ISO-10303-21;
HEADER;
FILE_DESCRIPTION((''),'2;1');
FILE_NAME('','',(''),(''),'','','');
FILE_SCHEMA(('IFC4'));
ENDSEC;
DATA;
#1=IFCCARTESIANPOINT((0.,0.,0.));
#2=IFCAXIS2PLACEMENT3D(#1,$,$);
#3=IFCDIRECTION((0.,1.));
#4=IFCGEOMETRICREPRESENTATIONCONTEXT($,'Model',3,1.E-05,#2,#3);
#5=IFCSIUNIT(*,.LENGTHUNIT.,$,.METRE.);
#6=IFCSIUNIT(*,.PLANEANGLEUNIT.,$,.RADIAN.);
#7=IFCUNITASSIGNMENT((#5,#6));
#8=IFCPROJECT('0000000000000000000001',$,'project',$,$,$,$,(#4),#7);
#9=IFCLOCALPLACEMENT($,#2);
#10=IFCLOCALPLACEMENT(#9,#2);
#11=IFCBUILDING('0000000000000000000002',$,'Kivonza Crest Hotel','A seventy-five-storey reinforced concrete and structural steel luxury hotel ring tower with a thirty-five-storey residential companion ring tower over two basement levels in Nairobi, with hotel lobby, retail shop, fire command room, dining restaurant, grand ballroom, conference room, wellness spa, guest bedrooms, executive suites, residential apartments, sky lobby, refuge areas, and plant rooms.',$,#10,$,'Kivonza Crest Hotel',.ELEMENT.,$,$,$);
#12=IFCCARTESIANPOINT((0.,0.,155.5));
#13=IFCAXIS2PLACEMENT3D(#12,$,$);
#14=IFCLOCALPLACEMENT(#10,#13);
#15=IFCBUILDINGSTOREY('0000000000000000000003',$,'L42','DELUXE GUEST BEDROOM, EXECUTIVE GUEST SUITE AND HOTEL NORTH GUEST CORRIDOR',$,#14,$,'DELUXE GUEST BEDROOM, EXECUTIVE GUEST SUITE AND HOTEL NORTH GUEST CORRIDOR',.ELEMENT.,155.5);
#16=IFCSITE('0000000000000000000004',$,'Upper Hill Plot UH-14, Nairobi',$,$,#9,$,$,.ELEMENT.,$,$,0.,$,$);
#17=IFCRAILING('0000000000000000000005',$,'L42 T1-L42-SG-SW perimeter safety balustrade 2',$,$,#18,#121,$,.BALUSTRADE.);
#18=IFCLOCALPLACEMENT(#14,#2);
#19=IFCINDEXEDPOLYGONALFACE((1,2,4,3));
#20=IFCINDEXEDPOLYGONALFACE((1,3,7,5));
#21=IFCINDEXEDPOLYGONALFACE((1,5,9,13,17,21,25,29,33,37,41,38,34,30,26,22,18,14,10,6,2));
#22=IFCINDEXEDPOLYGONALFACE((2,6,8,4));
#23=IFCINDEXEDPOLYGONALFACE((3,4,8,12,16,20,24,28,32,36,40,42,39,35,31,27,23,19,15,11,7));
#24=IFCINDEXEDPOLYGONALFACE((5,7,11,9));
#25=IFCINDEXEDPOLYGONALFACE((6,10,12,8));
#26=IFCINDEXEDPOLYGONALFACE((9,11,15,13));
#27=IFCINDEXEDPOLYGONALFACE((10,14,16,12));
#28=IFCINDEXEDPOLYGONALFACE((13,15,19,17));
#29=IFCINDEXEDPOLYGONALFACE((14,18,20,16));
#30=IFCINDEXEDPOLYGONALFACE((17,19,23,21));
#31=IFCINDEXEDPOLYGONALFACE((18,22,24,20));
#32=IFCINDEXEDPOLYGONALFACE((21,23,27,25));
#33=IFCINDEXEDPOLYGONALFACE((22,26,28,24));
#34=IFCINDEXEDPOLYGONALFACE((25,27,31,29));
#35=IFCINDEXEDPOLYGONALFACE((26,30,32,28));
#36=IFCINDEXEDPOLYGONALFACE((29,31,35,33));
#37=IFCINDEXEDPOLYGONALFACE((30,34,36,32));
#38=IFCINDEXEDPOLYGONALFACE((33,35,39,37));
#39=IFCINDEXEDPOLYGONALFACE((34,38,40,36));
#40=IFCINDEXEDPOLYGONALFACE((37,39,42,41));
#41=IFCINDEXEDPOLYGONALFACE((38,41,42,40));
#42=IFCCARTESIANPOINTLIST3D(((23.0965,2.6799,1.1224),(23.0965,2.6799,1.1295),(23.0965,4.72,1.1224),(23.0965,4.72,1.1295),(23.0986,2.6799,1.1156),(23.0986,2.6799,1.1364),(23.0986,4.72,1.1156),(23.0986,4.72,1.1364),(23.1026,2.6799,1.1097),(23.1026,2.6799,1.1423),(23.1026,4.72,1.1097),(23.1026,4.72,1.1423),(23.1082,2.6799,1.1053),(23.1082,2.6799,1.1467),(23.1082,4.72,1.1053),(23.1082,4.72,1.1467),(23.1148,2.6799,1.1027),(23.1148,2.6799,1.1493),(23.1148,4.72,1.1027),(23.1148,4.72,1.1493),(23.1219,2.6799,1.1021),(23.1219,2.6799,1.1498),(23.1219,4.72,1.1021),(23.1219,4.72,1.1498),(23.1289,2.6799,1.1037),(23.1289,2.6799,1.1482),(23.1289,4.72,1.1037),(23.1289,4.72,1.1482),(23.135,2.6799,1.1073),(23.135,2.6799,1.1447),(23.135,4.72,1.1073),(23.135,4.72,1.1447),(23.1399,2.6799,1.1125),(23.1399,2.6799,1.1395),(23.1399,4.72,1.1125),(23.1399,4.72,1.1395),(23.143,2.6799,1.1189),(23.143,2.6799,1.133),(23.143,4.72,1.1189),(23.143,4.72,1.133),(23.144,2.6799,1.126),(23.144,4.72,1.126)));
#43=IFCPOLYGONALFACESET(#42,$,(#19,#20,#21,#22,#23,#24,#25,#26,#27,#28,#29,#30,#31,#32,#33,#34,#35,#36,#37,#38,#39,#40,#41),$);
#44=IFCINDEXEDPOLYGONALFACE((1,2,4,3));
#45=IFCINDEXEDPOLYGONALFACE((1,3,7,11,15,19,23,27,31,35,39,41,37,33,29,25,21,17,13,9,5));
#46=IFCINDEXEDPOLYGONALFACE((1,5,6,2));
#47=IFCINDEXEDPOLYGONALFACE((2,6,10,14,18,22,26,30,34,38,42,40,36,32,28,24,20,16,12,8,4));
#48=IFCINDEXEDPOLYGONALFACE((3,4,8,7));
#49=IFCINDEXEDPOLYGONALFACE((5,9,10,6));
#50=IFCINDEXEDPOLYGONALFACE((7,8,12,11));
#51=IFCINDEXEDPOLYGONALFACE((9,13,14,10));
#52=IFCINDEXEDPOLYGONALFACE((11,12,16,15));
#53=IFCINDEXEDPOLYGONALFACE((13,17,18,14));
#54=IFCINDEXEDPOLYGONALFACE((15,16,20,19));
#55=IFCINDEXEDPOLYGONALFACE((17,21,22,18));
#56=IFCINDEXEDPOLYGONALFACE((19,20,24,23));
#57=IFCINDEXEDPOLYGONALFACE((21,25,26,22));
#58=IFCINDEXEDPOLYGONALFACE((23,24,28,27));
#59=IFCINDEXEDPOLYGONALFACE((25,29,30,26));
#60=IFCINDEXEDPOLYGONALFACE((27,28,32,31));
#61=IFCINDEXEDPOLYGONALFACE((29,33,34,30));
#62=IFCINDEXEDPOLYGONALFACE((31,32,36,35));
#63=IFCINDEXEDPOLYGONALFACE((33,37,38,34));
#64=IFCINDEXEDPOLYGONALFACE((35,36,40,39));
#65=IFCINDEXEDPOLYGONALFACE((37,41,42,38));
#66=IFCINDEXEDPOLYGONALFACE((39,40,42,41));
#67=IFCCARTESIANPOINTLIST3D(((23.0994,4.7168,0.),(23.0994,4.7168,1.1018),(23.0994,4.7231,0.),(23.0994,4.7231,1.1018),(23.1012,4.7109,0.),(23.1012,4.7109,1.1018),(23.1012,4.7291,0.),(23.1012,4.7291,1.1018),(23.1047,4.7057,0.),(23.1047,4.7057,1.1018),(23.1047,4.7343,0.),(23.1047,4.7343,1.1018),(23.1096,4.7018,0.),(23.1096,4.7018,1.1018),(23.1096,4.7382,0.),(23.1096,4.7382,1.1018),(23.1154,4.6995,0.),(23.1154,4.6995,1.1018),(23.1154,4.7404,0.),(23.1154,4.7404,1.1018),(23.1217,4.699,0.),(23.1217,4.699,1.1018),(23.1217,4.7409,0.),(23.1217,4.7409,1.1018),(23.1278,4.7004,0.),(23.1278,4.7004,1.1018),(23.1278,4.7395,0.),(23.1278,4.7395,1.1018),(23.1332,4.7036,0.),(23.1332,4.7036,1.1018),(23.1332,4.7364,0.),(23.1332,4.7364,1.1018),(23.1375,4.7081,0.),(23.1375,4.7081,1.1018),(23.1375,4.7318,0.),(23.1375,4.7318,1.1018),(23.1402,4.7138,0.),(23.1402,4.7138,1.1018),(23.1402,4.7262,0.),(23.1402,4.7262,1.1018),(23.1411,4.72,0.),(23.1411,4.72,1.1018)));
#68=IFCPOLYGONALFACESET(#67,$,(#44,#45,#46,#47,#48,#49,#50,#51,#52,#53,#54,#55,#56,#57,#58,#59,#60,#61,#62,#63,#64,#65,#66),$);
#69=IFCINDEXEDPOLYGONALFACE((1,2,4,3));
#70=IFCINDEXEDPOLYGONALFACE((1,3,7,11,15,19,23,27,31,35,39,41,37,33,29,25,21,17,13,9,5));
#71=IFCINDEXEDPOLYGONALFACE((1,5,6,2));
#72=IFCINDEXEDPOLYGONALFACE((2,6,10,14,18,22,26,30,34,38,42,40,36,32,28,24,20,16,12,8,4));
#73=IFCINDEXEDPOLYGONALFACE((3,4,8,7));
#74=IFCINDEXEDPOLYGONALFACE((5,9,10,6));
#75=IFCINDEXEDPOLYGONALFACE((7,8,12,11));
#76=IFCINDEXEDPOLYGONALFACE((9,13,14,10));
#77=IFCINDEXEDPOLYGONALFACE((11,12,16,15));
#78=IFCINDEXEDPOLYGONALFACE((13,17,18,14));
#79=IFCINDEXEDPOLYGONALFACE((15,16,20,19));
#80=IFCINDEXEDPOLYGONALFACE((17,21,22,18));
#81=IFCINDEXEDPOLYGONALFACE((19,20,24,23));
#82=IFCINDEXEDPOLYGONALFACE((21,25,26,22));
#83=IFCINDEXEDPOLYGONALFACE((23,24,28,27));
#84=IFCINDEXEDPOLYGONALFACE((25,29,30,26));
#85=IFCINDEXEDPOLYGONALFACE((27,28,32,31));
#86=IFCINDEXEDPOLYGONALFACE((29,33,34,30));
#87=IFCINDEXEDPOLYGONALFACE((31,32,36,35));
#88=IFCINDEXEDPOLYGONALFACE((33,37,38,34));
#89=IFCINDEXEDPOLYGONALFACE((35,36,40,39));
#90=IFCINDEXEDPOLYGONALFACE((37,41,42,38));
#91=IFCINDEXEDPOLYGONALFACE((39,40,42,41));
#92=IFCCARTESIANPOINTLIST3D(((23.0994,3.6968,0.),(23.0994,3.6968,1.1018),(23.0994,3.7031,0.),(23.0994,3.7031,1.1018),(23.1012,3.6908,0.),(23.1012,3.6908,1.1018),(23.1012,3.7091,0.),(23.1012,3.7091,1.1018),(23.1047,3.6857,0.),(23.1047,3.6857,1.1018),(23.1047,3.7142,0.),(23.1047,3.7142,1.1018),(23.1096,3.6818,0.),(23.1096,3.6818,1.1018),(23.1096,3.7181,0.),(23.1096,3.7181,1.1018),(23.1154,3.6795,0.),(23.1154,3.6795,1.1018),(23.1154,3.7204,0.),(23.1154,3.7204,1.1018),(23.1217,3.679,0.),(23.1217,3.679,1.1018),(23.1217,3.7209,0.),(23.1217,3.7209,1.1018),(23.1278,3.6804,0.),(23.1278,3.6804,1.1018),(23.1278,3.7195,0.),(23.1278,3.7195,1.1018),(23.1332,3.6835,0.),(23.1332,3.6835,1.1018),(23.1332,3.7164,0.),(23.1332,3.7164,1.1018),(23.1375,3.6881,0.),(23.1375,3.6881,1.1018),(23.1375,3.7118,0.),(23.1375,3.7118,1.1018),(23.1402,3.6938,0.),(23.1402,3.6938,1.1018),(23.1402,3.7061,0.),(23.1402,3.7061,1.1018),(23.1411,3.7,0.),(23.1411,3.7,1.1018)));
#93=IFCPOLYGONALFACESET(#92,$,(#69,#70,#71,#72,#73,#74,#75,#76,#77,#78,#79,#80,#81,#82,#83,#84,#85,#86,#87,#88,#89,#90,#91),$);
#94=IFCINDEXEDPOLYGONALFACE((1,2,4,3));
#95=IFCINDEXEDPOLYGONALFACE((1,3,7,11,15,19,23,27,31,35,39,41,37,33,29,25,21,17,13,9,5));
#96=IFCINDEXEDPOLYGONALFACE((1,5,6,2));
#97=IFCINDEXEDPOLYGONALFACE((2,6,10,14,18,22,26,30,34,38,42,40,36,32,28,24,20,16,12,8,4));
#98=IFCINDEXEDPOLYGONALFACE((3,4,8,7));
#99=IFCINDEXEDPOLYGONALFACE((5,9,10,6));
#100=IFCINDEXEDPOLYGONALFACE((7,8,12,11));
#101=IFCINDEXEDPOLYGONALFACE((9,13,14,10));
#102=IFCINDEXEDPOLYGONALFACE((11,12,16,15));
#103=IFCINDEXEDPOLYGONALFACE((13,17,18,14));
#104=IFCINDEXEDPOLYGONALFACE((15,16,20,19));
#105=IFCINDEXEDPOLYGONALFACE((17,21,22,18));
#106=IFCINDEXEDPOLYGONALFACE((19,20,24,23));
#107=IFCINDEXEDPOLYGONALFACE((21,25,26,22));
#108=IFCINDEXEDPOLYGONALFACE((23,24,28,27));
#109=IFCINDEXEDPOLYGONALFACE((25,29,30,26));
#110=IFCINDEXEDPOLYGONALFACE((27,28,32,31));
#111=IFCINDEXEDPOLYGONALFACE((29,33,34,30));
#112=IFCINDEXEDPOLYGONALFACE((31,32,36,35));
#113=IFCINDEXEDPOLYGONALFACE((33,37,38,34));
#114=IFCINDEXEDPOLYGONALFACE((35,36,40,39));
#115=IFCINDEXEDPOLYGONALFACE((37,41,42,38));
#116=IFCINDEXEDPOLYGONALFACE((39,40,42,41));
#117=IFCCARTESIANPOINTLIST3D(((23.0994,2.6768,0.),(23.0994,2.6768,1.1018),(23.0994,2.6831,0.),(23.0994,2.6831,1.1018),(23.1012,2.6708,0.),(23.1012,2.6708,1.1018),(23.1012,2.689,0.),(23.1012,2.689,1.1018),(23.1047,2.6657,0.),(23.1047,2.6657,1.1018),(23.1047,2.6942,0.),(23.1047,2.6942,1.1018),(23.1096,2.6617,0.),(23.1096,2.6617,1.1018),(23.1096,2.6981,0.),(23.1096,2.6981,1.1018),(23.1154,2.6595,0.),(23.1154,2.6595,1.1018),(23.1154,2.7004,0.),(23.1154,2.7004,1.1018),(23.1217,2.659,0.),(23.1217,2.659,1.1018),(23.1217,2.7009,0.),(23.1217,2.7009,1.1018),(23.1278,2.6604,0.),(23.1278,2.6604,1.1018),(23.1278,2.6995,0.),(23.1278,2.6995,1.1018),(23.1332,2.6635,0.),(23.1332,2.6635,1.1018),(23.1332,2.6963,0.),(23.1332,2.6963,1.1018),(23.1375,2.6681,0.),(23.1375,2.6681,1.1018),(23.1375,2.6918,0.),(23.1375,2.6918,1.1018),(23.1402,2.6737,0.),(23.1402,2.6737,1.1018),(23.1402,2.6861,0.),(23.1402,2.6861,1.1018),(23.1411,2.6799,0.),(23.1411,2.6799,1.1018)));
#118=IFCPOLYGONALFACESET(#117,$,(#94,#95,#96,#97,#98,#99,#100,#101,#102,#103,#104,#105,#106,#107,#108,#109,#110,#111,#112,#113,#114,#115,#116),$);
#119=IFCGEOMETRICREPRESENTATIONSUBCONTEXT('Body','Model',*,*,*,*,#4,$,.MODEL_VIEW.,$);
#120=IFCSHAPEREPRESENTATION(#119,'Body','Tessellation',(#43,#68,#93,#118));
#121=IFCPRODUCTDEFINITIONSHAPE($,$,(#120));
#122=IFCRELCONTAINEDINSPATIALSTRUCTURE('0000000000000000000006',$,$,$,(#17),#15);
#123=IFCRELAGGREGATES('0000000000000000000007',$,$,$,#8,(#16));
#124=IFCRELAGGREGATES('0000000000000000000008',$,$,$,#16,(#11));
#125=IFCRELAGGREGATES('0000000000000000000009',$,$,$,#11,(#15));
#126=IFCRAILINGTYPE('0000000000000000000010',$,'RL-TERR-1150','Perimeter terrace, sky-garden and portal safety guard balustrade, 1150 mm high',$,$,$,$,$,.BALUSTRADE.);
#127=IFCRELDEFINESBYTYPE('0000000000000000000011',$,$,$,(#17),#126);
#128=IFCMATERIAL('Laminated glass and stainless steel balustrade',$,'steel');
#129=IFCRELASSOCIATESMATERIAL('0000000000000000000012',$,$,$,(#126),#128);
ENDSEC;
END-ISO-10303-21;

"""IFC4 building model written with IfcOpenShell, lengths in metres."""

from ifc_helpers import new_model, si_unit, direction, frame, origin, origin_2d, place, context, subcontext, project, spatial, circle, extrude, material, type_object, element, save


model = new_model("IFC4")

# Units and contexts
model_context = context("Model", 3, precision=1e-05, world=origin(), true_north=direction((0.0, 1.0)))
body_context = subcontext(model_context, "Body", "Model", "MODEL_VIEW")
ifc_project = project(units=[si_unit("LENGTHUNIT", "METRE"), si_unit("PLANEANGLEUNIT", "RADIAN")], contexts=[model_context])

# Site, building, storey
site_placement = place(None, origin())
site = spatial("IfcSite", under=ifc_project, at=site_placement, Name="Upper Hill Plot UH-14, Nairobi", CompositionType="ELEMENT", RefElevation=0.0)
building_placement = place(site_placement, origin())
building = spatial("IfcBuilding", under=site, at=building_placement, Name="Kivonza Crest Hotel", Description="A seventy-five-storey reinforced concrete and structural steel luxury hotel ring tower with a thirty-five-storey residential companion ring tower over two basement levels in Nairobi, with hotel lobby, retail shop, fire command room, dining restaurant, grand ballroom, conference room, wellness spa, guest bedrooms, executive suites, residential apartments, sky lobby, refuge areas, and plant rooms.", LongName="Kivonza Crest Hotel", CompositionType="ELEMENT")
storey_placement = place(building_placement, frame((0.0, 0.0, 155.5)))
storey = spatial("IfcBuildingStorey", under=building, at=storey_placement, Name="L42", Description="DELUXE GUEST BEDROOM, EXECUTIVE GUEST SUITE AND HOTEL NORTH GUEST CORRIDOR", LongName="DELUXE GUEST BEDROOM, EXECUTIVE GUEST SUITE AND HOTEL NORTH GUEST CORRIDOR", CompositionType="ELEMENT", Elevation=155.5)

# Railing
ifc_material_1 = material(Name="Laminated glass and stainless steel balustrade", Category="steel")
railing_type = type_object("IfcRailingType", Name="RL-TERR-1150", Description="Perimeter terrace, sky-garden and portal safety guard balustrade, 1150 mm high", PredefinedType="BALUSTRADE", material=ifc_material_1)
railing_1_placement = place(storey_placement, frame((23.1201, 4.72, 0.0)))
element("IfcRailing", 1, at=railing_1_placement, inside=storey, type_object=railing_type, Name="L42 T1-L42-SG-SW perimeter safety balustrade 2", PredefinedType="BALUSTRADE", context=body_context, shape_type="SweptSolid", body=[
    extrude(circle(Radius=0.0239, at=origin_2d()), frame((0.0, 0.0, 1.126), z_axis=(0.0, -1.0, 0.0), x_axis=(1.0, 0.0, 0.0)), (0.0, 0.0, 1.0), 2.04),
    extrude(circle(Radius=0.021, at=origin_2d()), origin(), (0.0, 0.0, 1.0), 1.1018),
    extrude(circle(Radius=0.021, at=origin_2d()), frame((0.0, -1.02, 0.0)), (0.0, 0.0, 1.0), 1.1018),
    extrude(circle(Radius=0.021, at=origin_2d()), frame((0.0, -2.04, 0.0)), (0.0, 0.0, 1.0), 1.1018),
])

save(model, "model.ifc")
